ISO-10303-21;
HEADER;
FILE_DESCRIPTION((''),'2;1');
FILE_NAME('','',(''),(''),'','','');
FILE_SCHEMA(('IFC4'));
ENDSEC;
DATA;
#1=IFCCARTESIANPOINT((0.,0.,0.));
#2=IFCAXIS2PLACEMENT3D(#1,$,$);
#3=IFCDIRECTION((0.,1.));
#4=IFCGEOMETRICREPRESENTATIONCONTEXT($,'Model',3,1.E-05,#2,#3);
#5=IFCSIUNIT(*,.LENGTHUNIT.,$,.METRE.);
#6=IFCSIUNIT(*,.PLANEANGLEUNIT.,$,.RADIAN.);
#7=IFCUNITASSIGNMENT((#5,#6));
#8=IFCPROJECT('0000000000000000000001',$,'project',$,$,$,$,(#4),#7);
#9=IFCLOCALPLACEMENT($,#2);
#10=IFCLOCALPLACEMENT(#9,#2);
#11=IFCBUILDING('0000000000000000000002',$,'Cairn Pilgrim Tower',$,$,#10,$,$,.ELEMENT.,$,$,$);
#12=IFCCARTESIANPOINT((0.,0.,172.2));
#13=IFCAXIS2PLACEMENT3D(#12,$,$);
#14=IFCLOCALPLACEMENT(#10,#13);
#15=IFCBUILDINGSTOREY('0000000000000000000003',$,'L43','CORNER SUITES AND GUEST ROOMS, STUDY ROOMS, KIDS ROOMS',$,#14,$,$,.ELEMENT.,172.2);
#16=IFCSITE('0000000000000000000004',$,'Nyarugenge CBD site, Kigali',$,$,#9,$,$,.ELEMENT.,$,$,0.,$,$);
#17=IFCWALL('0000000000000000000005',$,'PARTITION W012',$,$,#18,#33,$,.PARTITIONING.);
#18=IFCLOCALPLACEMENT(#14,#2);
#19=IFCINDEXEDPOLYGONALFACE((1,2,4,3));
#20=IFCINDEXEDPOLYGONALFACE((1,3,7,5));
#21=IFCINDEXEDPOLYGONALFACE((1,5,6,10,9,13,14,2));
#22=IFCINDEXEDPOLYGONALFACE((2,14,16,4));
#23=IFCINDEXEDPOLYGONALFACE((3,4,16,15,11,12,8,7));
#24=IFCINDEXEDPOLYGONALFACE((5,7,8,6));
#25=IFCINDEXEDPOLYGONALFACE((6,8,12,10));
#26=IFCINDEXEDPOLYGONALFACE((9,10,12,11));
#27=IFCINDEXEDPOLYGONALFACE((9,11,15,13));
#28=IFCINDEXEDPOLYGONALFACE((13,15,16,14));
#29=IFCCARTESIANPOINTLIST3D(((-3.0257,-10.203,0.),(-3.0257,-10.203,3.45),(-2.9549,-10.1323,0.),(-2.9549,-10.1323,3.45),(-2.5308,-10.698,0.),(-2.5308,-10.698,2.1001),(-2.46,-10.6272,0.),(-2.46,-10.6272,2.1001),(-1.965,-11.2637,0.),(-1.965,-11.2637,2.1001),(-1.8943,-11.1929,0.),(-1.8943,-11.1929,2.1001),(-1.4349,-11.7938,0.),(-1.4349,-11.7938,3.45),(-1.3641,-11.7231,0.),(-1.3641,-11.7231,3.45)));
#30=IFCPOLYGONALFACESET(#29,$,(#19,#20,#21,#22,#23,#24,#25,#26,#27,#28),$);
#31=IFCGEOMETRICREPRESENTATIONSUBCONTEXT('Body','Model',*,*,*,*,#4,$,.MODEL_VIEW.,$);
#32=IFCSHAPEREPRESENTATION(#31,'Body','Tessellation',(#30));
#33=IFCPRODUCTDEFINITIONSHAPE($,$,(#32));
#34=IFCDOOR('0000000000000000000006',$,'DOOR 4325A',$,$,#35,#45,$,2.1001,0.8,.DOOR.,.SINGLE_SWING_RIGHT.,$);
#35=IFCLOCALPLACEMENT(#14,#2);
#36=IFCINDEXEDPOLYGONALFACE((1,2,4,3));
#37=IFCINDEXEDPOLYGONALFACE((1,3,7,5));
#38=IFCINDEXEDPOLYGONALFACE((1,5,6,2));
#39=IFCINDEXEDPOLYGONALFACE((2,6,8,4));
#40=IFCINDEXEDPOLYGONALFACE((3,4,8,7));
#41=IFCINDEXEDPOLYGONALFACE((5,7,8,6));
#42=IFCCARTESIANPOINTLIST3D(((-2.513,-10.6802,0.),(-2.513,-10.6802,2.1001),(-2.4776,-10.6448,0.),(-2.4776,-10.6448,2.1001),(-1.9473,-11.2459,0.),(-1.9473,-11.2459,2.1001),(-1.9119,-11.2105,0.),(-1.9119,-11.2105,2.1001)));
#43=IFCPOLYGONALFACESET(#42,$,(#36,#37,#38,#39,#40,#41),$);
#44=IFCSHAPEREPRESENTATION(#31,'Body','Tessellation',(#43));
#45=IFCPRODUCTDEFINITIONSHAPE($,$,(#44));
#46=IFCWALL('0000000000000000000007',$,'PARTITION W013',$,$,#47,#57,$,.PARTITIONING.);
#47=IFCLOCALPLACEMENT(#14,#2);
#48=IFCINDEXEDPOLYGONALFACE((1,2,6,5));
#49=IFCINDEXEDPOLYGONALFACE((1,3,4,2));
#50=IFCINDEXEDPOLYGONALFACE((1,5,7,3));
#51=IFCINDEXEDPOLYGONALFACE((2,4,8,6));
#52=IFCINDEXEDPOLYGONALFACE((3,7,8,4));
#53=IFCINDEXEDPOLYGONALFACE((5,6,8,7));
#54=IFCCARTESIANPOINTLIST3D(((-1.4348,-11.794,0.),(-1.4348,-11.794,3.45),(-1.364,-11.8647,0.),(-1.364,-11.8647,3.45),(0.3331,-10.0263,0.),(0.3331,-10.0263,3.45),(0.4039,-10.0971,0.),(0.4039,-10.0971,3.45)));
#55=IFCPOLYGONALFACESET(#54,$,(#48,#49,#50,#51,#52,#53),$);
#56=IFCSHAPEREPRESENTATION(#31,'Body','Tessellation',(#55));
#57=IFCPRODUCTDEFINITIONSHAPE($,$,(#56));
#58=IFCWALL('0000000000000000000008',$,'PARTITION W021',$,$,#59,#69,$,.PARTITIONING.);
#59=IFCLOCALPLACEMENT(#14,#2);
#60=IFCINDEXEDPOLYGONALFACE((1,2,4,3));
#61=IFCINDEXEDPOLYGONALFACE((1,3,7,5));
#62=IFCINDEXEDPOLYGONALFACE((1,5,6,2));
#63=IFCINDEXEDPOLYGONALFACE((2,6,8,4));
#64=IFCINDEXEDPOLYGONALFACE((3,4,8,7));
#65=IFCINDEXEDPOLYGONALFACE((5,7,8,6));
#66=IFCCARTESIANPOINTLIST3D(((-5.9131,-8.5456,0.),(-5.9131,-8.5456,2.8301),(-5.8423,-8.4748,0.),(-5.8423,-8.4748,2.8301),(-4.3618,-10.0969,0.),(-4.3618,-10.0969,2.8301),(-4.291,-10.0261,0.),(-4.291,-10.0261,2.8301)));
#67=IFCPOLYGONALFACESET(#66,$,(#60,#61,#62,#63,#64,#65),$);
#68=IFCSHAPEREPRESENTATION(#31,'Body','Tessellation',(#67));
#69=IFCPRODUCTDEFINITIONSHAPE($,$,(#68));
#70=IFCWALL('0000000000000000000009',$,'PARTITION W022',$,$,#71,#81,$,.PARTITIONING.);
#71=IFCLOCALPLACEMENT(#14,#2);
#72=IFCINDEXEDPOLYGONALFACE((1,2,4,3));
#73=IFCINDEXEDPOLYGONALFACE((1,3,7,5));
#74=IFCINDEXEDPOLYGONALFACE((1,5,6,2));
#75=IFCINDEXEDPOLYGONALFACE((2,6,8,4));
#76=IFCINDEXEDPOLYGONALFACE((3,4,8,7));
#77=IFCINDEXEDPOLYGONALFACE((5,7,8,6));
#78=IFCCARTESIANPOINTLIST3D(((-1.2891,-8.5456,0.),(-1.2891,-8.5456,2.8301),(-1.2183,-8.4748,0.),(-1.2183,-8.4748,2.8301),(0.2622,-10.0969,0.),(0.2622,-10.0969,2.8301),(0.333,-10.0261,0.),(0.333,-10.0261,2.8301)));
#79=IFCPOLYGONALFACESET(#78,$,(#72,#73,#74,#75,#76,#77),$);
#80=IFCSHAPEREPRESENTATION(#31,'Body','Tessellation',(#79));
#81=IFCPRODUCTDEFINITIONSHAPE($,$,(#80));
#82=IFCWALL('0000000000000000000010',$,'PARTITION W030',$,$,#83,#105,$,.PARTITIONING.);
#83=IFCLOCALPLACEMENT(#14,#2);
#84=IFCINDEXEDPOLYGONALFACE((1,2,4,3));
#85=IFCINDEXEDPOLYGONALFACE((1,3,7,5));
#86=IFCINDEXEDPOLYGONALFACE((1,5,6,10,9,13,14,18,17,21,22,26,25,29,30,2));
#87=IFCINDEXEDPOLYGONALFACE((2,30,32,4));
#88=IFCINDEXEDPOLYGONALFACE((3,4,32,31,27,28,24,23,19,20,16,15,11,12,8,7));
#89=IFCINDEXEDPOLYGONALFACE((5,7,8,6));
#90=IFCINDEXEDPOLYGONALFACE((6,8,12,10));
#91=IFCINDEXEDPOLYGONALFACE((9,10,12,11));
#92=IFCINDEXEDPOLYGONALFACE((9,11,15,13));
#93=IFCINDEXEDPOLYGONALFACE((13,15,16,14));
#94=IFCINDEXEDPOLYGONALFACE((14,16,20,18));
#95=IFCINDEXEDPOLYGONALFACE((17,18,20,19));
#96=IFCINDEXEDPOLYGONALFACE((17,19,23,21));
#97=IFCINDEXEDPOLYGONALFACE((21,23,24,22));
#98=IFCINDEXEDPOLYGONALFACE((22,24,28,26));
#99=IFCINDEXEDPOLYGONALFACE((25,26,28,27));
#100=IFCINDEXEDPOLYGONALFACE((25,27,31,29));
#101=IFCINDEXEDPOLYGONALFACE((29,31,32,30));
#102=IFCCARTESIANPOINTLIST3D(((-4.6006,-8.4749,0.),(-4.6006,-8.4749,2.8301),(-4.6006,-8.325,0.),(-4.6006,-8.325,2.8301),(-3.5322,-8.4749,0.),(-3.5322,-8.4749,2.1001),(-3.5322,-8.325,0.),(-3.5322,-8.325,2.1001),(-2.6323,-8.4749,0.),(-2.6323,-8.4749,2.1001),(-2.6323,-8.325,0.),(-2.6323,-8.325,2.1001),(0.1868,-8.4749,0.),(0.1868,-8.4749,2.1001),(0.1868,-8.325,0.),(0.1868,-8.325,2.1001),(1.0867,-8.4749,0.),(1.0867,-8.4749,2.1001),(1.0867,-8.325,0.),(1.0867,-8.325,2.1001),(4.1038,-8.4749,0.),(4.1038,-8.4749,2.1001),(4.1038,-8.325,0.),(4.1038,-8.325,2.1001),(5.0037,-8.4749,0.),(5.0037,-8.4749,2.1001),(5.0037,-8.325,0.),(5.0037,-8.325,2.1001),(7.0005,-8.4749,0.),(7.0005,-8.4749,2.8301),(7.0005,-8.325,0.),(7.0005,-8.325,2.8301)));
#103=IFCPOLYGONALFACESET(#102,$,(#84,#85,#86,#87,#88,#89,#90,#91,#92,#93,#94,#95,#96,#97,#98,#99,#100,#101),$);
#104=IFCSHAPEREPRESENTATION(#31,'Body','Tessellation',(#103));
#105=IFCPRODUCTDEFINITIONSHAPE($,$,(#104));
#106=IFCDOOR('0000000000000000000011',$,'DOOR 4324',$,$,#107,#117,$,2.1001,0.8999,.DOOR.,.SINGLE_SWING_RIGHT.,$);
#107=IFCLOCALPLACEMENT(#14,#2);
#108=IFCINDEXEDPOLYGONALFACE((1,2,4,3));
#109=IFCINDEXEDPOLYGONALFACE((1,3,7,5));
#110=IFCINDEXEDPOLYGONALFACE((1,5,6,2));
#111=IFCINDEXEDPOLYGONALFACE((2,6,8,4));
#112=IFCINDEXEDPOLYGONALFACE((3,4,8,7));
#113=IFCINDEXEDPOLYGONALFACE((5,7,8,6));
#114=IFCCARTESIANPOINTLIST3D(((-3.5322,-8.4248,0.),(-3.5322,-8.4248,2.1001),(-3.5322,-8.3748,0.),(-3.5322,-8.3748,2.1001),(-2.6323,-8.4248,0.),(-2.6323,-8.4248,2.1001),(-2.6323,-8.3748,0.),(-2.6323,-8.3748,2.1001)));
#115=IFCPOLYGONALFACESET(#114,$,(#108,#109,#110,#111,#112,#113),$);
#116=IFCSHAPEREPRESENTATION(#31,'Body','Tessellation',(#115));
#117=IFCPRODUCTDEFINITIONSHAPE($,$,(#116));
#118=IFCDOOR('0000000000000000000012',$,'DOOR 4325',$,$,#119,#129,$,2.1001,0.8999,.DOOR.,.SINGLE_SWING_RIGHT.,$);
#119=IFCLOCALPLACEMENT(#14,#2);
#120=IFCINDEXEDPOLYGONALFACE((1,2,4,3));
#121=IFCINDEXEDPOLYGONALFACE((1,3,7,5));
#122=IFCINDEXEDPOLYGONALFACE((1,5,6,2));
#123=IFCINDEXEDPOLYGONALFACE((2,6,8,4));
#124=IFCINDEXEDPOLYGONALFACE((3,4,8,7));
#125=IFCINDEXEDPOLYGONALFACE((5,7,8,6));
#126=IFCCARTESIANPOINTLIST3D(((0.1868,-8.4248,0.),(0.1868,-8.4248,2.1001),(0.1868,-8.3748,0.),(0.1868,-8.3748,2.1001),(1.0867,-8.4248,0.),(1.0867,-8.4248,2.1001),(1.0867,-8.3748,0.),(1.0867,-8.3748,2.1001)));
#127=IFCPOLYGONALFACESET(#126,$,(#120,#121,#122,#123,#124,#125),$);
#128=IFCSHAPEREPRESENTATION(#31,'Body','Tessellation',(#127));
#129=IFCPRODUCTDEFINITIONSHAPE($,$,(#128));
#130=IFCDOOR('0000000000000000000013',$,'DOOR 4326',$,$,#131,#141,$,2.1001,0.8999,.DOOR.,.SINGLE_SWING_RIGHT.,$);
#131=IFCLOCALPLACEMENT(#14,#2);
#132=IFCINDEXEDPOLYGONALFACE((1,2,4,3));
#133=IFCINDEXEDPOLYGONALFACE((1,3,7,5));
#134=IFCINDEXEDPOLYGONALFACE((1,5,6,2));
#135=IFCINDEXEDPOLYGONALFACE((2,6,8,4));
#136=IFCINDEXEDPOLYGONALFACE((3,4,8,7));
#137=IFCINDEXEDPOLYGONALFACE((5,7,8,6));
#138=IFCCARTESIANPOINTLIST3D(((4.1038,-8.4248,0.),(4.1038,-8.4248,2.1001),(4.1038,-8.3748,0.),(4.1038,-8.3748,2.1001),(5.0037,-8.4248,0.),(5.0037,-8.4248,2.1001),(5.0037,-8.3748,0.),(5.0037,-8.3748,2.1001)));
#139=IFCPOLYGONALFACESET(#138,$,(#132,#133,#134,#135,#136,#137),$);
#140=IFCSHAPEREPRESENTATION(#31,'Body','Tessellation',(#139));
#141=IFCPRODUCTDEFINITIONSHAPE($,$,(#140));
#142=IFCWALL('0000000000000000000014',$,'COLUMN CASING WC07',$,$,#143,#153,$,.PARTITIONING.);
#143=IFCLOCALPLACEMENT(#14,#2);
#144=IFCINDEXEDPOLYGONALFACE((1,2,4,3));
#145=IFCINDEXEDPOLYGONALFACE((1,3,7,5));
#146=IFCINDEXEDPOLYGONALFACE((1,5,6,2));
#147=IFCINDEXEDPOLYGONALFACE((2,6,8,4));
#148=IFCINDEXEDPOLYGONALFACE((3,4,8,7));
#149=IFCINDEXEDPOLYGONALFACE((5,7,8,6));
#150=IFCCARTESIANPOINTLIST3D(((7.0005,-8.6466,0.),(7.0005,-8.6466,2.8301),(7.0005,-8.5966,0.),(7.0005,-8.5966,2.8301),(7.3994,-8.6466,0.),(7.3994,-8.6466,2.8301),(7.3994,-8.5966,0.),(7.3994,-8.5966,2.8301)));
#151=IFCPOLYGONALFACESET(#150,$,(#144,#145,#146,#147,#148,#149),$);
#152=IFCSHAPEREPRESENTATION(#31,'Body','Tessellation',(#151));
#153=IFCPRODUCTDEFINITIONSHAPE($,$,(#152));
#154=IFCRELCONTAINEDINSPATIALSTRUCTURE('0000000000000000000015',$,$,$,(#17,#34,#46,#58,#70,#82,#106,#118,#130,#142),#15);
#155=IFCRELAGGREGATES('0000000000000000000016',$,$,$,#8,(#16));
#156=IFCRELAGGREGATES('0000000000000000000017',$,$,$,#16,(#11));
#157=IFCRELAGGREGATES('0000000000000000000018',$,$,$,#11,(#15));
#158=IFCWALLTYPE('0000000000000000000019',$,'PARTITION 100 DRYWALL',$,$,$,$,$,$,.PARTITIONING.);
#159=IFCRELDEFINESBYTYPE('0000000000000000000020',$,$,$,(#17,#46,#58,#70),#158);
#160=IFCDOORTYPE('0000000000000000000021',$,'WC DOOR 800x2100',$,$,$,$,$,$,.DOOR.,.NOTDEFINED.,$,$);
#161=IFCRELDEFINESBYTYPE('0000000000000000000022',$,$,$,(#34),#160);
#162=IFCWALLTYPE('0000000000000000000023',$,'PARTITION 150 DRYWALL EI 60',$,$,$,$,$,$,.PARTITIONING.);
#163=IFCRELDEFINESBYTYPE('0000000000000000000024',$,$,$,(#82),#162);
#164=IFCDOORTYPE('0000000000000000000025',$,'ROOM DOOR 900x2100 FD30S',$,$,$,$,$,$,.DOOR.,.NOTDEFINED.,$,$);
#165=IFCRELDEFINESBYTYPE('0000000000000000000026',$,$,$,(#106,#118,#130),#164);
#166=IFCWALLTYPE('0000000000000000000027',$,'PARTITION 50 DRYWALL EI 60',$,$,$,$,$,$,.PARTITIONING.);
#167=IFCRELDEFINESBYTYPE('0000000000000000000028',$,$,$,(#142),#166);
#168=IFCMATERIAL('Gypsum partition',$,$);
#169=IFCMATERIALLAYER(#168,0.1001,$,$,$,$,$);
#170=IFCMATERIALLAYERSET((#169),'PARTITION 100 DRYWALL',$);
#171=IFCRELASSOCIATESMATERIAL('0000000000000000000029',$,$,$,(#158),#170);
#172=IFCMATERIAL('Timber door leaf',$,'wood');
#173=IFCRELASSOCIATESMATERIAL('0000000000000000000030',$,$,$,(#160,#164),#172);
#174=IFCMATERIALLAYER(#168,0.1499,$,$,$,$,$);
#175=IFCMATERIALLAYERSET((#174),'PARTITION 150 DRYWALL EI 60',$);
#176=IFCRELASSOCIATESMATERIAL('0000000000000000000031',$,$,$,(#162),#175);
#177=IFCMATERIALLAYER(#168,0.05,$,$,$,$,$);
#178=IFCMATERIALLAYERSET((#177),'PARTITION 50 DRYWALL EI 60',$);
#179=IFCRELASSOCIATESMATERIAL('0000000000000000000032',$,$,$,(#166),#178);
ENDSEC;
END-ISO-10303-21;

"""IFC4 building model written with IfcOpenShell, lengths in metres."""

from ifc_helpers import new_model, si_unit, direction, frame, frame_2d, origin, place, context, subcontext, project, spatial, rectangle, extrude, material, layer, layer_set, type_object, element, fill, save


model = new_model("IFC4")

# Units and contexts
model_context = context("Model", 3, precision=1e-05, world=origin(), true_north=direction((0.0, 1.0)))
body_context = subcontext(model_context, "Body", "Model", "MODEL_VIEW")
ifc_project = project(units=[si_unit("LENGTHUNIT", "METRE"), si_unit("PLANEANGLEUNIT", "RADIAN")], contexts=[model_context])

# Site, building, storey
site_placement = place(None, origin())
site = spatial("IfcSite", under=ifc_project, at=site_placement, Name="Nyarugenge CBD site, Kigali", CompositionType="ELEMENT", RefElevation=0.0)
building_placement = place(site_placement, origin())
building = spatial("IfcBuilding", under=site, at=building_placement, Name="Cairn Pilgrim Tower", CompositionType="ELEMENT")
storey_placement = place(building_placement, frame((0.0, 0.0, 172.2)))
storey = spatial("IfcBuildingStorey", under=building, at=storey_placement, Name="L43", Description="CORNER SUITES AND GUEST ROOMS, STUDY ROOMS, KIDS ROOMS", CompositionType="ELEMENT", Elevation=172.2)

# Wall, opening, door
ifc_material_1 = material(Name="Gypsum partition")
ifc_layer_1 = layer(ifc_material_1, 0.1001)
ifc_layer_set_1 = layer_set([ifc_layer_1], Name="PARTITION 100 DRYWALL")
wall_type_1 = type_object("IfcWallType", Name="PARTITION 100 DRYWALL", PredefinedType="PARTITIONING", material=ifc_layer_set_1)
wall_1_placement = place(storey_placement, frame((-1.3994, -11.7585, 0.0), z_axis=(0.0, 0.0, 1.0), x_axis=(-0.707107, 0.707107, 0.0)))
wall_1 = element("IfcWall", 1, at=wall_1_placement, inside=storey, type_object=wall_type_1, Name="PARTITION W012", PredefinedType="PARTITIONING", context=body_context, shape_type="SweptSolid", body=[
    extrude(rectangle(XDim=2.2498, YDim=0.1001, at=frame_2d((1.125, 0.0))), origin(), (0.0, 0.0, 1.0), 3.45),
])
opening_1_placement = place(wall_1_placement, frame((0.75, 0.0, 0.0)))
opening_1 = element("IfcOpeningElement", 2, at=opening_1_placement, cuts=wall_1, PredefinedType="OPENING", context=body_context, shape_type="SweptSolid", body=[
    extrude(rectangle(XDim=0.8, YDim=2.1001, at=frame_2d((0.3999, 1.05))), frame((0.0, 0.0601, 0.0), z_axis=(0.0, -1.0, 0.0), x_axis=(1.0, 0.0, 0.0)), (0.0, 0.0, 1.0), 0.1201),
])
ifc_material_2 = material(Name="Timber door leaf", Category="wood")
door_type_1 = type_object("IfcDoorType", Name="WC DOOR 800x2100", OperationType="NOTDEFINED", PredefinedType="DOOR", material=ifc_material_2)
door_1_placement = place(opening_1_placement, origin())
door_1 = element("IfcDoor", 3, at=door_1_placement, inside=storey, type_object=door_type_1, Name="DOOR 4325A", OperationType="SINGLE_SWING_RIGHT", OverallHeight=2.1001, OverallWidth=0.8, PredefinedType="DOOR", context=body_context, shape_type="SweptSolid", body=[
    extrude(rectangle(XDim=0.8, YDim=2.1001, at=frame_2d((0.3999, 1.05))), frame((0.0, 0.0249, 0.0), z_axis=(0.0, -1.0, 0.0), x_axis=(1.0, 0.0, 0.0)), (0.0, 0.0, 1.0), 0.05),
])
fill(opening_1, door_1)

# Walls
wall_2_placement = place(storey_placement, frame((-1.3994, -11.8293, 0.0), z_axis=(0.0, 0.0, 1.0), x_axis=(0.707156, 0.707058, 0.0)))
element("IfcWall", 4, at=wall_2_placement, inside=storey, type_object=wall_type_1, Name="PARTITION W013", PredefinedType="PARTITIONING", context=body_context, shape_type="SweptSolid", body=[
    extrude(rectangle(XDim=2.5, YDim=0.1001, at=frame_2d((1.25, 0.0))), origin(), (0.0, 0.0, 1.0), 3.45),
])
for number, where, z_axis, x_axis, name in (
    (5, (-4.3264, -10.0615, 0.0), (0.0, 0.0, 1.0), (-0.707107, 0.707107, 0.0), "PARTITION W021"),
    (6, (0.2976, -10.0615, 0.0), (0.0, 0.0, 1.0), (-0.707107, 0.707107, 0.0), "PARTITION W022"),
):
    element("IfcWall", number, at=place(storey_placement, frame(where, z_axis=z_axis, x_axis=x_axis)), inside=storey, type_object=wall_type_1, Name=name, PredefinedType="PARTITIONING", context=body_context, shape_type="SweptSolid", body=[
        extrude(rectangle(XDim=2.1938, YDim=0.1001, at=frame_2d((1.0969, 0.0))), origin(), (0.0, 0.0, 1.0), 2.8301),
    ])

# Wall, openings, doors
ifc_layer_2 = layer(ifc_material_1, 0.1499)
ifc_layer_set_2 = layer_set([ifc_layer_2], Name="PARTITION 150 DRYWALL EI 60")
wall_type_2 = type_object("IfcWallType", Name="PARTITION 150 DRYWALL EI 60", PredefinedType="PARTITIONING", material=ifc_layer_set_2)
wall_3_placement = place(storey_placement, frame((-4.6006, -8.3999, 0.0), z_axis=(0.0, 0.0, 1.0), x_axis=(1.0, 0.0, 0.0)))
wall_3 = element("IfcWall", 7, at=wall_3_placement, inside=storey, type_object=wall_type_2, Name="PARTITION W030", PredefinedType="PARTITIONING", context=body_context, shape_type="SweptSolid", body=[
    extrude(rectangle(XDim=11.6011, YDim=0.1499, at=frame_2d((5.8005, 0.0))), origin(), (0.0, 0.0, 1.0), 2.8301),
])
opening_2_placement = place(wall_3_placement, frame((1.0684, 0.0, 0.0)))
opening_2 = element("IfcOpeningElement", 8, at=opening_2_placement, cuts=wall_3, PredefinedType="OPENING", context=body_context, shape_type="SweptSolid", body=[
    extrude(rectangle(XDim=0.8999, YDim=2.1001, at=frame_2d((0.45, 1.05))), frame((0.0, 0.085, 0.0), z_axis=(0.0, -1.0, 0.0), x_axis=(1.0, 0.0, 0.0)), (0.0, 0.0, 1.0), 0.1699),
])
opening_3_placement = place(wall_3_placement, frame((4.7874, 0.0, 0.0)))
opening_3 = element("IfcOpeningElement", 9, at=opening_3_placement, cuts=wall_3, PredefinedType="OPENING", context=body_context, shape_type="SweptSolid", body=[
    extrude(rectangle(XDim=0.8999, YDim=2.1001, at=frame_2d((0.45, 1.05))), frame((0.0, 0.085, 0.0), z_axis=(0.0, -1.0, 0.0), x_axis=(1.0, 0.0, 0.0)), (0.0, 0.0, 1.0), 0.1699),
])
opening_4_placement = place(wall_3_placement, frame((8.7043, 0.0, 0.0)))
opening_4 = element("IfcOpeningElement", 10, at=opening_4_placement, cuts=wall_3, PredefinedType="OPENING", context=body_context, shape_type="SweptSolid", body=[
    extrude(rectangle(XDim=0.8999, YDim=2.1001, at=frame_2d((0.45, 1.05))), frame((0.0, 0.085, 0.0), z_axis=(0.0, -1.0, 0.0), x_axis=(1.0, 0.0, 0.0)), (0.0, 0.0, 1.0), 0.1699),
])
door_type_2 = type_object("IfcDoorType", Name="ROOM DOOR 900x2100 FD30S", OperationType="NOTDEFINED", PredefinedType="DOOR", material=ifc_material_2)
door_2_placement = place(opening_2_placement, frame((0.8999, 0.0, 0.0), z_axis=(0.0, 0.0, 1.0), x_axis=(-1.0, 0.0, 0.0)))
door_2 = element("IfcDoor", 11, at=door_2_placement, inside=storey, type_object=door_type_2, Name="DOOR 4324", OperationType="SINGLE_SWING_RIGHT", OverallHeight=2.1001, OverallWidth=0.8999, PredefinedType="DOOR", context=body_context, shape_type="SweptSolid", body=[
    extrude(rectangle(XDim=0.8999, YDim=2.1001, at=frame_2d((0.45, 1.05))), frame((0.0, 0.0249, 0.0), z_axis=(0.0, -1.0, 0.0), x_axis=(1.0, 0.0, 0.0)), (0.0, 0.0, 1.0), 0.05),
])
fill(opening_2, door_2)
door_3_placement = place(opening_3_placement, frame((0.8999, 0.0, 0.0), z_axis=(0.0, 0.0, 1.0), x_axis=(-1.0, 0.0, 0.0)))
door_3 = element("IfcDoor", 12, at=door_3_placement, inside=storey, type_object=door_type_2, Name="DOOR 4325", OperationType="SINGLE_SWING_RIGHT", OverallHeight=2.1001, OverallWidth=0.8999, PredefinedType="DOOR", context=body_context, shape_type="SweptSolid", body=[
    extrude(rectangle(XDim=0.8999, YDim=2.1001, at=frame_2d((0.45, 1.05))), frame((0.0, 0.0249, 0.0), z_axis=(0.0, -1.0, 0.0), x_axis=(1.0, 0.0, 0.0)), (0.0, 0.0, 1.0), 0.05),
])
fill(opening_3, door_3)
door_4_placement = place(opening_4_placement, frame((0.8999, 0.0, 0.0), z_axis=(0.0, 0.0, 1.0), x_axis=(-1.0, 0.0, 0.0)))
door_4 = element("IfcDoor", 13, at=door_4_placement, inside=storey, type_object=door_type_2, Name="DOOR 4326", OperationType="SINGLE_SWING_RIGHT", OverallHeight=2.1001, OverallWidth=0.8999, PredefinedType="DOOR", context=body_context, shape_type="SweptSolid", body=[
    extrude(rectangle(XDim=0.8999, YDim=2.1001, at=frame_2d((0.45, 1.05))), frame((0.0, 0.0249, 0.0), z_axis=(0.0, -1.0, 0.0), x_axis=(1.0, 0.0, 0.0)), (0.0, 0.0, 1.0), 0.05),
])
fill(opening_4, door_4)

# Wall
ifc_layer_3 = layer(ifc_material_1, 0.05)
ifc_layer_set_3 = layer_set([ifc_layer_3], Name="PARTITION 50 DRYWALL EI 60")
wall_type_3 = type_object("IfcWallType", Name="PARTITION 50 DRYWALL EI 60", PredefinedType="PARTITIONING", material=ifc_layer_set_3)
wall_4_placement = place(storey_placement, frame((7.0005, -8.6216, 0.0), z_axis=(0.0, 0.0, 1.0), x_axis=(1.0, 0.0, 0.0)))
element("IfcWall", 14, at=wall_4_placement, inside=storey, type_object=wall_type_3, Name="COLUMN CASING WC07", PredefinedType="PARTITIONING", context=body_context, shape_type="SweptSolid", body=[
    extrude(rectangle(XDim=0.3989, YDim=0.05, at=frame_2d((0.1995, 0.0))), origin(), (0.0, 0.0, 1.0), 2.8301),
])

save(model, "model.ifc")
